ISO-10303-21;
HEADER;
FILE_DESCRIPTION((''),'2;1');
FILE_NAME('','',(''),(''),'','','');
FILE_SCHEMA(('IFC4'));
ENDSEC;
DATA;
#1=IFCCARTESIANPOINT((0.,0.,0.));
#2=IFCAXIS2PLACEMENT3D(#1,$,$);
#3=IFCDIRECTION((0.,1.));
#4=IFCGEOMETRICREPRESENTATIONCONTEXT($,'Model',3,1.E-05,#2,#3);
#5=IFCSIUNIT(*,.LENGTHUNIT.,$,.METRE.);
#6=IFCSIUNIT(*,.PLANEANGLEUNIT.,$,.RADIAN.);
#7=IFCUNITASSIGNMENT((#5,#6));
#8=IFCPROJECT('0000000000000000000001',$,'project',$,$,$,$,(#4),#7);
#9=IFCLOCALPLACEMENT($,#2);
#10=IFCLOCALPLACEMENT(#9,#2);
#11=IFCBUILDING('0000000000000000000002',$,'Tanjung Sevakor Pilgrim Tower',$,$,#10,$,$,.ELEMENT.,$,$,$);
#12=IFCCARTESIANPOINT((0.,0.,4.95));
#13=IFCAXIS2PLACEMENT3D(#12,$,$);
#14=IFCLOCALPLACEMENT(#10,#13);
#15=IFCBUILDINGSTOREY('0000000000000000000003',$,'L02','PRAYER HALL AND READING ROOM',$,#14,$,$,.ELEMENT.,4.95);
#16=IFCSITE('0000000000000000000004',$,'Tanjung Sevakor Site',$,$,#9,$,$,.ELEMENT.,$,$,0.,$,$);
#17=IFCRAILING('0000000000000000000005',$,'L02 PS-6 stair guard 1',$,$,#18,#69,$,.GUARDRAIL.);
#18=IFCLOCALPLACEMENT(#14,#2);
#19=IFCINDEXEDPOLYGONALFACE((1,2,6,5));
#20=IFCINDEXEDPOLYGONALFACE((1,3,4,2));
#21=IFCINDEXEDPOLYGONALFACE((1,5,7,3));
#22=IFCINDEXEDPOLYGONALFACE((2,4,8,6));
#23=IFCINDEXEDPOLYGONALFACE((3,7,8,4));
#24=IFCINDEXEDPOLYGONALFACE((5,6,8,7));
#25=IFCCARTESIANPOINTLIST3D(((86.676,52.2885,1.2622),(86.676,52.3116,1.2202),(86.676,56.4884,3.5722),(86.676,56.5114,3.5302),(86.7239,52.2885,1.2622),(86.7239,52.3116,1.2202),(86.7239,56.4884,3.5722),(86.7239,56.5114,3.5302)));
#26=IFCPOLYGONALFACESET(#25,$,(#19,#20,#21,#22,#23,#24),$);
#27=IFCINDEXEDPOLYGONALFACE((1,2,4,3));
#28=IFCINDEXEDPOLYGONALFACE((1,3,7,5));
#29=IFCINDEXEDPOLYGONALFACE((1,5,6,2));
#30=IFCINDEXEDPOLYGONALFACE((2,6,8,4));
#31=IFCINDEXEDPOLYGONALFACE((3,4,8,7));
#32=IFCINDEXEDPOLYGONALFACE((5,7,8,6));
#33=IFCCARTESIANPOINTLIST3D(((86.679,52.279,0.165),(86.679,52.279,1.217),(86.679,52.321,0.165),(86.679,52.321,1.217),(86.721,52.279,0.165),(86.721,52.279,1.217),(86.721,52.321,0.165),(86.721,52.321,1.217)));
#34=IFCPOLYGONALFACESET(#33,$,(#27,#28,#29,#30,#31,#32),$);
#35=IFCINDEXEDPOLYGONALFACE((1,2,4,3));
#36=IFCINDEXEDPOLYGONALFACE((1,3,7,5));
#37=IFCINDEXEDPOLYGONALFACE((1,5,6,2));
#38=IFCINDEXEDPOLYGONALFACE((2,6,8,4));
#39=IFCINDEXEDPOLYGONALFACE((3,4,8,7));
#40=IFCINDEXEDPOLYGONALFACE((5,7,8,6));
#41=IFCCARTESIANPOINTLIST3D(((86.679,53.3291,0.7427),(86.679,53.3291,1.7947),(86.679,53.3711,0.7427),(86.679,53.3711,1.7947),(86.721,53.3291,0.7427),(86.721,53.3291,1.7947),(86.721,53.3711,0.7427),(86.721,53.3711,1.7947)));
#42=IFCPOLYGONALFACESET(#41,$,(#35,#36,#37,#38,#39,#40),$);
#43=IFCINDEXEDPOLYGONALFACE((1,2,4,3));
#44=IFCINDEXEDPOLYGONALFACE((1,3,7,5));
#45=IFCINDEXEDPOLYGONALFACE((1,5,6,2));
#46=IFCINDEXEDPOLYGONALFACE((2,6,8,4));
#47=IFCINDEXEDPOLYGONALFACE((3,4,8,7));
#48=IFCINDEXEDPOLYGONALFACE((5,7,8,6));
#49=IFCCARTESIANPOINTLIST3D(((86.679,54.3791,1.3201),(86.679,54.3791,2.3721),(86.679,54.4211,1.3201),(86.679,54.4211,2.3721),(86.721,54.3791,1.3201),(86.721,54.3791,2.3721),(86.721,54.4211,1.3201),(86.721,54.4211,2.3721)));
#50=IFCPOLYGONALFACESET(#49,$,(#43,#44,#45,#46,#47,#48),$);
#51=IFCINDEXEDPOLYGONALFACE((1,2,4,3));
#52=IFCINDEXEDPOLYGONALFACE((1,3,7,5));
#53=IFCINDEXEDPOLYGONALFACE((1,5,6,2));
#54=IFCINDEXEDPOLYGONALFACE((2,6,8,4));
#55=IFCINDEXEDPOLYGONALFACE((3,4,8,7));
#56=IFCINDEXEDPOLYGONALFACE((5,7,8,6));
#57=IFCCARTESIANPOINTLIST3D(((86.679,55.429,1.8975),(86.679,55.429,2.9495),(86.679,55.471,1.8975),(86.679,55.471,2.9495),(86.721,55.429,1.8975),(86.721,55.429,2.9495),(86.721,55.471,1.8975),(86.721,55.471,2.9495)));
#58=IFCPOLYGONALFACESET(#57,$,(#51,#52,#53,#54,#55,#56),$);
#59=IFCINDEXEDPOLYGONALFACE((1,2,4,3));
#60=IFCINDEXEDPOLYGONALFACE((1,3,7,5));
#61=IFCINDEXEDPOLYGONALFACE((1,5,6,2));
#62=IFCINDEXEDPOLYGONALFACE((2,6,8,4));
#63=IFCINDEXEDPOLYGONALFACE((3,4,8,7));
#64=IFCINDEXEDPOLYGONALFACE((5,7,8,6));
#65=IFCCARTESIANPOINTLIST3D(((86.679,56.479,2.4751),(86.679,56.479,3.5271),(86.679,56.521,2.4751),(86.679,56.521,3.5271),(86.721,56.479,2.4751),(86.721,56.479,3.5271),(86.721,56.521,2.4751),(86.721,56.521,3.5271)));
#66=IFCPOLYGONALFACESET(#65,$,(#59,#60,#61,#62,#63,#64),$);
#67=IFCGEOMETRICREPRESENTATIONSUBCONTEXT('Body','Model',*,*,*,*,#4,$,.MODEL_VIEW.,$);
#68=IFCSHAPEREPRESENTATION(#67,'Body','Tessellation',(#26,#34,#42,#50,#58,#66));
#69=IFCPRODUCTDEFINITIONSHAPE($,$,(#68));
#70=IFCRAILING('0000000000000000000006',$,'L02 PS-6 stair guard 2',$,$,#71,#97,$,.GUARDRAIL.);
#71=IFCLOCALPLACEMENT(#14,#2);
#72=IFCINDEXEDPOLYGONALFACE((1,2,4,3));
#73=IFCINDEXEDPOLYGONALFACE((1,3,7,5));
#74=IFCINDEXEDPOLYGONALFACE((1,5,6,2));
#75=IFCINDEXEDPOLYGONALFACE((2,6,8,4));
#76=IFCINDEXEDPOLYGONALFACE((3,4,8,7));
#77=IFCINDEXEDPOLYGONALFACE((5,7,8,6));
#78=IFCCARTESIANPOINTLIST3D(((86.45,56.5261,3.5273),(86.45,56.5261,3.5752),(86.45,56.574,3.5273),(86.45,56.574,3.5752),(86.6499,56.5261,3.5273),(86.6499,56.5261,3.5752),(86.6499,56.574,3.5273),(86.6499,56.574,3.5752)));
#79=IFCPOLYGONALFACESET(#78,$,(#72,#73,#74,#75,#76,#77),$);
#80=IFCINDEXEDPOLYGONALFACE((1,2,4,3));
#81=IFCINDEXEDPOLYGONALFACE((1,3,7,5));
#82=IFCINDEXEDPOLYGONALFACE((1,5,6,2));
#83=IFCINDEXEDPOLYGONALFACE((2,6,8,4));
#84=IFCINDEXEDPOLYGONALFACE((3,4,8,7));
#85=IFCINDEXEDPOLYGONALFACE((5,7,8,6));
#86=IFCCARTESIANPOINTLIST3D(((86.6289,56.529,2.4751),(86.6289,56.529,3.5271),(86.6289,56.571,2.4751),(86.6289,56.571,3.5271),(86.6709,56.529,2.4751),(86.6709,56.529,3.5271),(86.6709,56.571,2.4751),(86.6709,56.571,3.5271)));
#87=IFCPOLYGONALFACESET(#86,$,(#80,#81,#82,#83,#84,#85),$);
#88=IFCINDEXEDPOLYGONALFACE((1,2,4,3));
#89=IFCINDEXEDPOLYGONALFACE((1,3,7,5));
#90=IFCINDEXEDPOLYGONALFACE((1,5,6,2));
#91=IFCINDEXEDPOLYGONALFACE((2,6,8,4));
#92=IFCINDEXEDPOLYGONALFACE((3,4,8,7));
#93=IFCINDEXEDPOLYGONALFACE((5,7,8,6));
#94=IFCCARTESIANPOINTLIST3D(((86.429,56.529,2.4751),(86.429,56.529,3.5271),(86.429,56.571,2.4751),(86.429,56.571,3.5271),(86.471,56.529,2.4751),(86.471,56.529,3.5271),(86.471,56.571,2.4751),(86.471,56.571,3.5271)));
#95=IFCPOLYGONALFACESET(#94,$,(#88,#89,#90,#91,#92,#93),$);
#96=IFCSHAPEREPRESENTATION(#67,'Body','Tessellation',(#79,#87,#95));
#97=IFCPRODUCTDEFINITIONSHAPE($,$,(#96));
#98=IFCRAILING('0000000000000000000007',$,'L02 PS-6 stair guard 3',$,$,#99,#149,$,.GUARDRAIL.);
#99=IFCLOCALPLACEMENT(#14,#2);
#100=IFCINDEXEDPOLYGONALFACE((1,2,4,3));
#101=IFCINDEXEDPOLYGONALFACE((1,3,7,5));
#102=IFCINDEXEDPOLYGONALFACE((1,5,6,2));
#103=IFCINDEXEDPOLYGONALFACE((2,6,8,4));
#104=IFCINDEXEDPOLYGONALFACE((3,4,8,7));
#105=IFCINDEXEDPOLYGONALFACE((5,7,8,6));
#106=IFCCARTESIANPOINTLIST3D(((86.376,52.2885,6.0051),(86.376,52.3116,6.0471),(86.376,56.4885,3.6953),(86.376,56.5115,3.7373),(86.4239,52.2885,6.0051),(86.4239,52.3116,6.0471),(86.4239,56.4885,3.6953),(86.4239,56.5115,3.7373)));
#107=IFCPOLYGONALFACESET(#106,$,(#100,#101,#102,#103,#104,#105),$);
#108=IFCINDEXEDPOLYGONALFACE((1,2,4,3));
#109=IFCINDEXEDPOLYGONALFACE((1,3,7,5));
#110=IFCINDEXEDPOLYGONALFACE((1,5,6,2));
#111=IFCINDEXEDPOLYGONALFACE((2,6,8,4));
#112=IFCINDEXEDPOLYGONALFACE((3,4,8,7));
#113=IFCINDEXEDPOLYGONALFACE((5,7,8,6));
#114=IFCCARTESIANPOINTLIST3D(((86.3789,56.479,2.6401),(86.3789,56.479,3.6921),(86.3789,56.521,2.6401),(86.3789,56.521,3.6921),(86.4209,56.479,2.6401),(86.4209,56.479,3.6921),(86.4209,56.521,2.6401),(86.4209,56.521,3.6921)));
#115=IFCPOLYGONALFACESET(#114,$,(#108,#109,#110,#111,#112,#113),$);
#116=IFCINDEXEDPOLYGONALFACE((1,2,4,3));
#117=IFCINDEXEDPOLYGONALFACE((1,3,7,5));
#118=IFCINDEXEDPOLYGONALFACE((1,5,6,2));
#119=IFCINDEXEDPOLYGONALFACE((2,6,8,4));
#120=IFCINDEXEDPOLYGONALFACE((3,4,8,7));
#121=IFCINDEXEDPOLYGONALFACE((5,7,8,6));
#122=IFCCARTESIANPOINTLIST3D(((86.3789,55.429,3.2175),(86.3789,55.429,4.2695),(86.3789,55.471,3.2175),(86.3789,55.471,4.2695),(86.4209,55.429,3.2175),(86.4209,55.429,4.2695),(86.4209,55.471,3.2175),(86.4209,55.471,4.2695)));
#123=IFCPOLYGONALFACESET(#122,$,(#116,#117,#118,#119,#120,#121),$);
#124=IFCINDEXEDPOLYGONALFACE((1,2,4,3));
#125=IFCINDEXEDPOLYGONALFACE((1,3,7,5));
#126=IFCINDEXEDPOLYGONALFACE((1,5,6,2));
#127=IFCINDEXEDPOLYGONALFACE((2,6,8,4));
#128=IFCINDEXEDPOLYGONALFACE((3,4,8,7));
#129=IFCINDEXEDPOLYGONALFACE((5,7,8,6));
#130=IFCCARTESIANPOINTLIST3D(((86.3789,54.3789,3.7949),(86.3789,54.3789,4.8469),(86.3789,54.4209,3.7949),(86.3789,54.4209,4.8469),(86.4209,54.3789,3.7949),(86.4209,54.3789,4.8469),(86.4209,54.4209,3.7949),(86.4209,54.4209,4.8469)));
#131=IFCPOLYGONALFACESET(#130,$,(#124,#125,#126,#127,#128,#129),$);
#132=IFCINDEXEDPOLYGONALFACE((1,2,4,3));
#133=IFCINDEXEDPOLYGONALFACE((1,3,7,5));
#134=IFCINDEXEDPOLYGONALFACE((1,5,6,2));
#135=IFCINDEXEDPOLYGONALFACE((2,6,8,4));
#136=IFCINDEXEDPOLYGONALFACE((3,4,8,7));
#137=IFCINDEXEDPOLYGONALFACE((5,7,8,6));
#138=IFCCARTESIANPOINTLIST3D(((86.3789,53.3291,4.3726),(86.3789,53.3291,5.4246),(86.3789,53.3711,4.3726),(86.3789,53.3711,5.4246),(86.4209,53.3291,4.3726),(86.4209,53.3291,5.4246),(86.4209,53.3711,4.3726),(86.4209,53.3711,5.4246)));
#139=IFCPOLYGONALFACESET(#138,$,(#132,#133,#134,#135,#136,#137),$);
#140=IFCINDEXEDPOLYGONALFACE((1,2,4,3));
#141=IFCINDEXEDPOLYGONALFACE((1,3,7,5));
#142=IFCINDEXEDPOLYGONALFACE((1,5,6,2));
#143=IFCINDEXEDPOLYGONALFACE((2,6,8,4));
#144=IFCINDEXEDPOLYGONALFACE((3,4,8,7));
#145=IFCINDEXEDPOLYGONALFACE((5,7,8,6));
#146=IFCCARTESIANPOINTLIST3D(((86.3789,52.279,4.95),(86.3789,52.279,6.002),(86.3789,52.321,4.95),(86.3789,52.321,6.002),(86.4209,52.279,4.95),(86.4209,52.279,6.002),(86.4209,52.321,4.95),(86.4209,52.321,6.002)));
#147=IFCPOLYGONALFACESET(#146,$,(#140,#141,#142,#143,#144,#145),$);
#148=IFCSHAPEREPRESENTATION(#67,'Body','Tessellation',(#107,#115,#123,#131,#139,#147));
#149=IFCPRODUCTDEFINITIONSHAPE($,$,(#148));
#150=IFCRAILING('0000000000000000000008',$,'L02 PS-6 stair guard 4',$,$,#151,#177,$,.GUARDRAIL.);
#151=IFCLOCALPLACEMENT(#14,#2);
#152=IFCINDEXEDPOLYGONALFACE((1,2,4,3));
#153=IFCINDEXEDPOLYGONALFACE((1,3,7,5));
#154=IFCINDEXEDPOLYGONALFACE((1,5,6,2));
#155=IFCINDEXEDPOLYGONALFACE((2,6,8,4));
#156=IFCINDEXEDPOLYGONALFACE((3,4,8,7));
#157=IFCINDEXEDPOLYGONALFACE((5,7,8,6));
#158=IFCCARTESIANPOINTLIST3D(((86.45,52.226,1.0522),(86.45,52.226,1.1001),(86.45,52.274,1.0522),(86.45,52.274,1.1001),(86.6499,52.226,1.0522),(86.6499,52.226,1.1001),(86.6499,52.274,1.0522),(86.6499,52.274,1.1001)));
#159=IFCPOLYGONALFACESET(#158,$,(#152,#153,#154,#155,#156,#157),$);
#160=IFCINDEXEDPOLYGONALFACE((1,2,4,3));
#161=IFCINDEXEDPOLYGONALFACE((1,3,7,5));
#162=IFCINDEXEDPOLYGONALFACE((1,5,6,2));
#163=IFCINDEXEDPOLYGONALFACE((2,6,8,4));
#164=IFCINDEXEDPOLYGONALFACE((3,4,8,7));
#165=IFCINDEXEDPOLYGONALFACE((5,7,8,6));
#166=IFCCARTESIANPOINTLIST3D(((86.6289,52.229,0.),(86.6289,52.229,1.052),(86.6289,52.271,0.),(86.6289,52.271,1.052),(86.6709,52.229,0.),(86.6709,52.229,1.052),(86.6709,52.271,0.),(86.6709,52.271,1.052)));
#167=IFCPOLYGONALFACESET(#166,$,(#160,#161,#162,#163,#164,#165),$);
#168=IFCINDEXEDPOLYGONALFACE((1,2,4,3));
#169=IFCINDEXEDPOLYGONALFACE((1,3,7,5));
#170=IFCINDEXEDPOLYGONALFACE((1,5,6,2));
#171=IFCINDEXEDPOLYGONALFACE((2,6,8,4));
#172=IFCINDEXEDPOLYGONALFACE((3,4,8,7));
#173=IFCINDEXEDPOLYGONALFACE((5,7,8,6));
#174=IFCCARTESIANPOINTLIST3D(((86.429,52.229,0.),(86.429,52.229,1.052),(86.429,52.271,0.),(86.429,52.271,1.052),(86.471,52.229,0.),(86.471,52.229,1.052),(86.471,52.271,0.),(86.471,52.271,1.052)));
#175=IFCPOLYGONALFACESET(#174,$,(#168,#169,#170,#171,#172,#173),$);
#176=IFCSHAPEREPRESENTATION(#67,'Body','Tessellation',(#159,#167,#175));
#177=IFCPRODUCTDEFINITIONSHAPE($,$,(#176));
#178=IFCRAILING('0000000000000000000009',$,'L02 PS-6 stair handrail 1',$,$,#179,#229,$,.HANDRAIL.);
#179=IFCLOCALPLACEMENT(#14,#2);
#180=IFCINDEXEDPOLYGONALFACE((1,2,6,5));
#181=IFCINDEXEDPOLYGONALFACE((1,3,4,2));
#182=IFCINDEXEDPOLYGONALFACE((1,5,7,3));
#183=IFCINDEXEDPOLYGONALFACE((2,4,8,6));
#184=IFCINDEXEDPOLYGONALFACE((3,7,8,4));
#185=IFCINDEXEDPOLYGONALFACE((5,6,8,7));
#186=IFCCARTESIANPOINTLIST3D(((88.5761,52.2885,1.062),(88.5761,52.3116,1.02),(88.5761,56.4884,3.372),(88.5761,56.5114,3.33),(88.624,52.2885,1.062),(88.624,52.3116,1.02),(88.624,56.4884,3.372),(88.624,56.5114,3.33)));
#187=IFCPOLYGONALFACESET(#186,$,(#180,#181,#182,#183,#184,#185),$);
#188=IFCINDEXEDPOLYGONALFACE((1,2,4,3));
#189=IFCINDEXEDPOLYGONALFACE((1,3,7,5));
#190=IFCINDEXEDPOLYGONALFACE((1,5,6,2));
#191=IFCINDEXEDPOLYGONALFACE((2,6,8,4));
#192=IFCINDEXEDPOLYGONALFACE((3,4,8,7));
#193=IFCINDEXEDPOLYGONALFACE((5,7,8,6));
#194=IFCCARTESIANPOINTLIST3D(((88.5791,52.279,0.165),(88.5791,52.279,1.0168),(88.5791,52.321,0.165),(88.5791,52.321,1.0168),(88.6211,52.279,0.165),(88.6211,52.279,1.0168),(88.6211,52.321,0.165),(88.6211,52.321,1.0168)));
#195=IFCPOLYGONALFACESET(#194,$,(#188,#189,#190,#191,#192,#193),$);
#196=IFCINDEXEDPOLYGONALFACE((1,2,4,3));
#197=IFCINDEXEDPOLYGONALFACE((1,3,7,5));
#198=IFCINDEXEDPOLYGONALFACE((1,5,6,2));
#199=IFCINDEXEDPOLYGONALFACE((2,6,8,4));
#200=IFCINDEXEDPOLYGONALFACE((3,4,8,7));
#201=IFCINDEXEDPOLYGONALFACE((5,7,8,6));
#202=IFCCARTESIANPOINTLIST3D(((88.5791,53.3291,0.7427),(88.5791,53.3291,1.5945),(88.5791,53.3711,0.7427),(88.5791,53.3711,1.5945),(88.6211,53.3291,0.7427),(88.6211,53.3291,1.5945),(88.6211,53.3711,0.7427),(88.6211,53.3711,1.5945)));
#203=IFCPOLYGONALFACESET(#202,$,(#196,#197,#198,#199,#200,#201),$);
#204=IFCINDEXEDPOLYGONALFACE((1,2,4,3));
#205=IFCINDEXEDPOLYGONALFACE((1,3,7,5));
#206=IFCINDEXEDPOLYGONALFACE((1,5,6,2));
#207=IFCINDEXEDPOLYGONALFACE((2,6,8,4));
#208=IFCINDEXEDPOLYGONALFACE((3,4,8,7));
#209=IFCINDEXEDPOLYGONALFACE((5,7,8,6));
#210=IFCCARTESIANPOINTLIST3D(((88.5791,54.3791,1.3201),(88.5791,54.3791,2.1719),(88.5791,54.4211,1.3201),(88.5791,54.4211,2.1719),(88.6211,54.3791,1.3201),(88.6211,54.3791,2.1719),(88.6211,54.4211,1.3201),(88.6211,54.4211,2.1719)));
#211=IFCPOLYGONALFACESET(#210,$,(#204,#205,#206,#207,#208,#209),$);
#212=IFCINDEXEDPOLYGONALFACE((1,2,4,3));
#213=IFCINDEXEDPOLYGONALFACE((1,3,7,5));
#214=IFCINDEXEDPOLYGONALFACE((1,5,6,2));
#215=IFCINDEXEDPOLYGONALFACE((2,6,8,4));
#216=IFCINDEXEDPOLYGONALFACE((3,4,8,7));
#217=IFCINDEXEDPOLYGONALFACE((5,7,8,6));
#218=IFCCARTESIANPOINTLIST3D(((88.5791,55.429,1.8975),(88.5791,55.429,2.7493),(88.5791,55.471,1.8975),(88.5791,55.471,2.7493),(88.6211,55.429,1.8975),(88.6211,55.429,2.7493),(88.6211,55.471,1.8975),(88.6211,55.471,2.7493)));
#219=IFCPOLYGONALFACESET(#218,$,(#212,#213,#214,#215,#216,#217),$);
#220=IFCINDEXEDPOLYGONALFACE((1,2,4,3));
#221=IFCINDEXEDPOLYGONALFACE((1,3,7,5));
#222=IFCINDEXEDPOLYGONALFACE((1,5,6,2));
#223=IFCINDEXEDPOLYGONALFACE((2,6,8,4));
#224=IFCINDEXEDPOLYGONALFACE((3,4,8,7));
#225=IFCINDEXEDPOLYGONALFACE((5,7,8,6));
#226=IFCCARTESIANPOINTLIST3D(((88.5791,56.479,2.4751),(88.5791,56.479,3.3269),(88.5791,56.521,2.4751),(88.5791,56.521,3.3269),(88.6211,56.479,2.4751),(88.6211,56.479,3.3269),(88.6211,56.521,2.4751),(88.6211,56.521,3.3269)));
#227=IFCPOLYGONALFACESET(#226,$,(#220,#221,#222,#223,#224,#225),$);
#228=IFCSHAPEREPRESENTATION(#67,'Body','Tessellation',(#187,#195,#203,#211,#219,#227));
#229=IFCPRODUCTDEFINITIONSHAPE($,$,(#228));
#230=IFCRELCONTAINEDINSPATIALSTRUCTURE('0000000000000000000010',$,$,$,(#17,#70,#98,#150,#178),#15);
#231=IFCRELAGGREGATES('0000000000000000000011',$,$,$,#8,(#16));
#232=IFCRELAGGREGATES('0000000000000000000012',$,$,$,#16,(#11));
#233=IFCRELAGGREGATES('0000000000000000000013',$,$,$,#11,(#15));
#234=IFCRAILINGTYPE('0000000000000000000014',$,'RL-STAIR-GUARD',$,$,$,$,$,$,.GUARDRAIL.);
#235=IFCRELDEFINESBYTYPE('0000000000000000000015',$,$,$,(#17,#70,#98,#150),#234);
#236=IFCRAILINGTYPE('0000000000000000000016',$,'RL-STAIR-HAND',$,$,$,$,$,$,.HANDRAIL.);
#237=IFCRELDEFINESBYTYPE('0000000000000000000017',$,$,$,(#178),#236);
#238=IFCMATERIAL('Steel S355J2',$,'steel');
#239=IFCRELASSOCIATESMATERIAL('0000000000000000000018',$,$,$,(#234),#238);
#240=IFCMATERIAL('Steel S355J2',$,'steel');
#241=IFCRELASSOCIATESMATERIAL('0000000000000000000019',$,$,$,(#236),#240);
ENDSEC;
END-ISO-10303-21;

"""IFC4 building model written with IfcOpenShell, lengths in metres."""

from ifc_helpers import new_model, si_unit, direction, frame, origin, place, context, subcontext, project, spatial, rectangle, extrude, material, type_object, element, save


model = new_model("IFC4")

# Units and contexts
model_context = context("Model", 3, precision=1e-05, world=origin(), true_north=direction((0.0, 1.0)))
body_context = subcontext(model_context, "Body", "Model", "MODEL_VIEW")
ifc_project = project(units=[si_unit("LENGTHUNIT", "METRE"), si_unit("PLANEANGLEUNIT", "RADIAN")], contexts=[model_context])

# Site, building, storey
site_placement = place(None, origin())
site = spatial("IfcSite", under=ifc_project, at=site_placement, Name="Tanjung Sevakor Site", CompositionType="ELEMENT", RefElevation=0.0)
building_placement = place(site_placement, origin())
building = spatial("IfcBuilding", under=site, at=building_placement, Name="Tanjung Sevakor Pilgrim Tower", CompositionType="ELEMENT")
storey_placement = place(building_placement, frame((0.0, 0.0, 4.95)))
storey = spatial("IfcBuildingStorey", under=building, at=storey_placement, Name="L02", Description="PRAYER HALL AND READING ROOM", CompositionType="ELEMENT", Elevation=4.95)

# Railings
ifc_material_1 = material(Name="Steel S355J2", Category="steel")
railing_type_1 = type_object("IfcRailingType", Name="RL-STAIR-GUARD", PredefinedType="GUARDRAIL", material=ifc_material_1)
railing_1_placement = place(storey_placement, frame((86.7, 52.3, 0.165)))
element("IfcRailing", 1, at=railing_1_placement, inside=storey, type_object=railing_type_1, Name="L02 PS-6 stair guard 1", PredefinedType="GUARDRAIL", context=body_context, shape_type="SweptSolid", body=[
    extrude(rectangle(XDim=0.0479, YDim=0.0479), frame((0.0, 0.0, 1.0762), z_axis=(0.0, 0.876208, 0.481932), x_axis=(-1.0, 0.0, 0.0)), (0.0, 0.0, 1.0), 4.7932),
    extrude(rectangle(XDim=0.042, YDim=0.042), origin(), (0.0, 0.0, 1.0), 1.052),
    extrude(rectangle(XDim=0.042, YDim=0.042), frame((0.0, 1.05, 0.5776)), (0.0, 0.0, 1.0), 1.052),
    extrude(rectangle(XDim=0.042, YDim=0.042), frame((0.0, 2.1001, 1.155)), (0.0, 0.0, 1.0), 1.052),
    extrude(rectangle(XDim=0.042, YDim=0.042), frame((0.0, 3.1499, 1.7324)), (0.0, 0.0, 1.0), 1.052),
    extrude(rectangle(XDim=0.042, YDim=0.042), frame((0.0, 4.2, 2.3101)), (0.0, 0.0, 1.0), 1.052),
])
railing_2_placement = place(storey_placement, frame((86.6499, 56.55, 2.4751)))
element("IfcRailing", 2, at=railing_2_placement, inside=storey, type_object=railing_type_1, Name="L02 PS-6 stair guard 2", PredefinedType="GUARDRAIL", context=body_context, shape_type="SweptSolid", body=[
    extrude(rectangle(XDim=0.0479, YDim=0.0479), frame((0.0, 0.0, 1.0762), z_axis=(-1.0, 0.0, 0.0), x_axis=(0.0, -1.0, 0.0)), (0.0, 0.0, 1.0), 0.2),
    extrude(rectangle(XDim=0.042, YDim=0.042), origin(), (0.0, 0.0, 1.0), 1.052),
    extrude(rectangle(XDim=0.042, YDim=0.042), frame((-0.2, 0.0, 0.0)), (0.0, 0.0, 1.0), 1.052),
])
railing_3_placement = place(storey_placement, frame((86.3999, 56.5, 2.6401)))
element("IfcRailing", 3, at=railing_3_placement, inside=storey, type_object=railing_type_1, Name="L02 PS-6 stair guard 3", PredefinedType="GUARDRAIL", context=body_context, shape_type="SweptSolid", body=[
    extrude(rectangle(XDim=0.0479, YDim=0.0479), frame((0.0, 0.0, 1.0762), z_axis=(0.0, -0.87623, 0.481893), x_axis=(1.0, 0.0, 0.0)), (0.0, 0.0, 1.0), 4.7932),
    extrude(rectangle(XDim=0.042, YDim=0.042), origin(), (0.0, 0.0, 1.0), 1.052),
    extrude(rectangle(XDim=0.042, YDim=0.042), frame((0.0, -1.05, 0.5774)), (0.0, 0.0, 1.0), 1.052),
    extrude(rectangle(XDim=0.042, YDim=0.042), frame((0.0, -2.1001, 1.1548)), (0.0, 0.0, 1.0), 1.052),
    extrude(rectangle(XDim=0.042, YDim=0.042), frame((0.0, -3.1499, 1.7324)), (0.0, 0.0, 1.0), 1.052),
    extrude(rectangle(XDim=0.042, YDim=0.042), frame((0.0, -4.2, 2.3098)), (0.0, 0.0, 1.0), 1.052),
])
railing_4_placement = place(storey_placement, frame((86.6499, 52.25, 0.0)))
element("IfcRailing", 4, at=railing_4_placement, inside=storey, type_object=railing_type_1, Name="L02 PS-6 stair guard 4", PredefinedType="GUARDRAIL", context=body_context, shape_type="SweptSolid", body=[
    extrude(rectangle(XDim=0.0479, YDim=0.0479), frame((0.0, 0.0, 1.0762), z_axis=(-1.0, 0.0, 0.0), x_axis=(0.0, -1.0, 0.0)), (0.0, 0.0, 1.0), 0.2),
    extrude(rectangle(XDim=0.042, YDim=0.042), origin(), (0.0, 0.0, 1.0), 1.052),
    extrude(rectangle(XDim=0.042, YDim=0.042), frame((-0.2, 0.0, 0.0)), (0.0, 0.0, 1.0), 1.052),
])
ifc_material_2 = material(Name="Steel S355J2", Category="steel")
railing_type_2 = type_object("IfcRailingType", Name="RL-STAIR-HAND", PredefinedType="HANDRAIL", material=ifc_material_2)
railing_5_placement = place(storey_placement, frame((88.6001, 52.3, 0.165)))
element("IfcRailing", 5, at=railing_5_placement, inside=storey, type_object=railing_type_2, Name="L02 PS-6 stair handrail 1", PredefinedType="HANDRAIL", context=body_context, shape_type="SweptSolid", body=[
    extrude(rectangle(XDim=0.0479, YDim=0.0479), frame((0.0, 0.0, 0.876), z_axis=(0.0, 0.876208, 0.481932), x_axis=(-1.0, 0.0, 0.0)), (0.0, 0.0, 1.0), 4.7932),
    extrude(rectangle(XDim=0.042, YDim=0.042), origin(), (0.0, 0.0, 1.0), 0.8518),
    extrude(rectangle(XDim=0.042, YDim=0.042), frame((0.0, 1.05, 0.5776)), (0.0, 0.0, 1.0), 0.8518),
    extrude(rectangle(XDim=0.042, YDim=0.042), frame((0.0, 2.1001, 1.155)), (0.0, 0.0, 1.0), 0.8518),
    extrude(rectangle(XDim=0.042, YDim=0.042), frame((0.0, 3.1499, 1.7324)), (0.0, 0.0, 1.0), 0.8518),
    extrude(rectangle(XDim=0.042, YDim=0.042), frame((0.0, 4.2, 2.3101)), (0.0, 0.0, 1.0), 0.8518),
])

save(model, "model.ifc")
